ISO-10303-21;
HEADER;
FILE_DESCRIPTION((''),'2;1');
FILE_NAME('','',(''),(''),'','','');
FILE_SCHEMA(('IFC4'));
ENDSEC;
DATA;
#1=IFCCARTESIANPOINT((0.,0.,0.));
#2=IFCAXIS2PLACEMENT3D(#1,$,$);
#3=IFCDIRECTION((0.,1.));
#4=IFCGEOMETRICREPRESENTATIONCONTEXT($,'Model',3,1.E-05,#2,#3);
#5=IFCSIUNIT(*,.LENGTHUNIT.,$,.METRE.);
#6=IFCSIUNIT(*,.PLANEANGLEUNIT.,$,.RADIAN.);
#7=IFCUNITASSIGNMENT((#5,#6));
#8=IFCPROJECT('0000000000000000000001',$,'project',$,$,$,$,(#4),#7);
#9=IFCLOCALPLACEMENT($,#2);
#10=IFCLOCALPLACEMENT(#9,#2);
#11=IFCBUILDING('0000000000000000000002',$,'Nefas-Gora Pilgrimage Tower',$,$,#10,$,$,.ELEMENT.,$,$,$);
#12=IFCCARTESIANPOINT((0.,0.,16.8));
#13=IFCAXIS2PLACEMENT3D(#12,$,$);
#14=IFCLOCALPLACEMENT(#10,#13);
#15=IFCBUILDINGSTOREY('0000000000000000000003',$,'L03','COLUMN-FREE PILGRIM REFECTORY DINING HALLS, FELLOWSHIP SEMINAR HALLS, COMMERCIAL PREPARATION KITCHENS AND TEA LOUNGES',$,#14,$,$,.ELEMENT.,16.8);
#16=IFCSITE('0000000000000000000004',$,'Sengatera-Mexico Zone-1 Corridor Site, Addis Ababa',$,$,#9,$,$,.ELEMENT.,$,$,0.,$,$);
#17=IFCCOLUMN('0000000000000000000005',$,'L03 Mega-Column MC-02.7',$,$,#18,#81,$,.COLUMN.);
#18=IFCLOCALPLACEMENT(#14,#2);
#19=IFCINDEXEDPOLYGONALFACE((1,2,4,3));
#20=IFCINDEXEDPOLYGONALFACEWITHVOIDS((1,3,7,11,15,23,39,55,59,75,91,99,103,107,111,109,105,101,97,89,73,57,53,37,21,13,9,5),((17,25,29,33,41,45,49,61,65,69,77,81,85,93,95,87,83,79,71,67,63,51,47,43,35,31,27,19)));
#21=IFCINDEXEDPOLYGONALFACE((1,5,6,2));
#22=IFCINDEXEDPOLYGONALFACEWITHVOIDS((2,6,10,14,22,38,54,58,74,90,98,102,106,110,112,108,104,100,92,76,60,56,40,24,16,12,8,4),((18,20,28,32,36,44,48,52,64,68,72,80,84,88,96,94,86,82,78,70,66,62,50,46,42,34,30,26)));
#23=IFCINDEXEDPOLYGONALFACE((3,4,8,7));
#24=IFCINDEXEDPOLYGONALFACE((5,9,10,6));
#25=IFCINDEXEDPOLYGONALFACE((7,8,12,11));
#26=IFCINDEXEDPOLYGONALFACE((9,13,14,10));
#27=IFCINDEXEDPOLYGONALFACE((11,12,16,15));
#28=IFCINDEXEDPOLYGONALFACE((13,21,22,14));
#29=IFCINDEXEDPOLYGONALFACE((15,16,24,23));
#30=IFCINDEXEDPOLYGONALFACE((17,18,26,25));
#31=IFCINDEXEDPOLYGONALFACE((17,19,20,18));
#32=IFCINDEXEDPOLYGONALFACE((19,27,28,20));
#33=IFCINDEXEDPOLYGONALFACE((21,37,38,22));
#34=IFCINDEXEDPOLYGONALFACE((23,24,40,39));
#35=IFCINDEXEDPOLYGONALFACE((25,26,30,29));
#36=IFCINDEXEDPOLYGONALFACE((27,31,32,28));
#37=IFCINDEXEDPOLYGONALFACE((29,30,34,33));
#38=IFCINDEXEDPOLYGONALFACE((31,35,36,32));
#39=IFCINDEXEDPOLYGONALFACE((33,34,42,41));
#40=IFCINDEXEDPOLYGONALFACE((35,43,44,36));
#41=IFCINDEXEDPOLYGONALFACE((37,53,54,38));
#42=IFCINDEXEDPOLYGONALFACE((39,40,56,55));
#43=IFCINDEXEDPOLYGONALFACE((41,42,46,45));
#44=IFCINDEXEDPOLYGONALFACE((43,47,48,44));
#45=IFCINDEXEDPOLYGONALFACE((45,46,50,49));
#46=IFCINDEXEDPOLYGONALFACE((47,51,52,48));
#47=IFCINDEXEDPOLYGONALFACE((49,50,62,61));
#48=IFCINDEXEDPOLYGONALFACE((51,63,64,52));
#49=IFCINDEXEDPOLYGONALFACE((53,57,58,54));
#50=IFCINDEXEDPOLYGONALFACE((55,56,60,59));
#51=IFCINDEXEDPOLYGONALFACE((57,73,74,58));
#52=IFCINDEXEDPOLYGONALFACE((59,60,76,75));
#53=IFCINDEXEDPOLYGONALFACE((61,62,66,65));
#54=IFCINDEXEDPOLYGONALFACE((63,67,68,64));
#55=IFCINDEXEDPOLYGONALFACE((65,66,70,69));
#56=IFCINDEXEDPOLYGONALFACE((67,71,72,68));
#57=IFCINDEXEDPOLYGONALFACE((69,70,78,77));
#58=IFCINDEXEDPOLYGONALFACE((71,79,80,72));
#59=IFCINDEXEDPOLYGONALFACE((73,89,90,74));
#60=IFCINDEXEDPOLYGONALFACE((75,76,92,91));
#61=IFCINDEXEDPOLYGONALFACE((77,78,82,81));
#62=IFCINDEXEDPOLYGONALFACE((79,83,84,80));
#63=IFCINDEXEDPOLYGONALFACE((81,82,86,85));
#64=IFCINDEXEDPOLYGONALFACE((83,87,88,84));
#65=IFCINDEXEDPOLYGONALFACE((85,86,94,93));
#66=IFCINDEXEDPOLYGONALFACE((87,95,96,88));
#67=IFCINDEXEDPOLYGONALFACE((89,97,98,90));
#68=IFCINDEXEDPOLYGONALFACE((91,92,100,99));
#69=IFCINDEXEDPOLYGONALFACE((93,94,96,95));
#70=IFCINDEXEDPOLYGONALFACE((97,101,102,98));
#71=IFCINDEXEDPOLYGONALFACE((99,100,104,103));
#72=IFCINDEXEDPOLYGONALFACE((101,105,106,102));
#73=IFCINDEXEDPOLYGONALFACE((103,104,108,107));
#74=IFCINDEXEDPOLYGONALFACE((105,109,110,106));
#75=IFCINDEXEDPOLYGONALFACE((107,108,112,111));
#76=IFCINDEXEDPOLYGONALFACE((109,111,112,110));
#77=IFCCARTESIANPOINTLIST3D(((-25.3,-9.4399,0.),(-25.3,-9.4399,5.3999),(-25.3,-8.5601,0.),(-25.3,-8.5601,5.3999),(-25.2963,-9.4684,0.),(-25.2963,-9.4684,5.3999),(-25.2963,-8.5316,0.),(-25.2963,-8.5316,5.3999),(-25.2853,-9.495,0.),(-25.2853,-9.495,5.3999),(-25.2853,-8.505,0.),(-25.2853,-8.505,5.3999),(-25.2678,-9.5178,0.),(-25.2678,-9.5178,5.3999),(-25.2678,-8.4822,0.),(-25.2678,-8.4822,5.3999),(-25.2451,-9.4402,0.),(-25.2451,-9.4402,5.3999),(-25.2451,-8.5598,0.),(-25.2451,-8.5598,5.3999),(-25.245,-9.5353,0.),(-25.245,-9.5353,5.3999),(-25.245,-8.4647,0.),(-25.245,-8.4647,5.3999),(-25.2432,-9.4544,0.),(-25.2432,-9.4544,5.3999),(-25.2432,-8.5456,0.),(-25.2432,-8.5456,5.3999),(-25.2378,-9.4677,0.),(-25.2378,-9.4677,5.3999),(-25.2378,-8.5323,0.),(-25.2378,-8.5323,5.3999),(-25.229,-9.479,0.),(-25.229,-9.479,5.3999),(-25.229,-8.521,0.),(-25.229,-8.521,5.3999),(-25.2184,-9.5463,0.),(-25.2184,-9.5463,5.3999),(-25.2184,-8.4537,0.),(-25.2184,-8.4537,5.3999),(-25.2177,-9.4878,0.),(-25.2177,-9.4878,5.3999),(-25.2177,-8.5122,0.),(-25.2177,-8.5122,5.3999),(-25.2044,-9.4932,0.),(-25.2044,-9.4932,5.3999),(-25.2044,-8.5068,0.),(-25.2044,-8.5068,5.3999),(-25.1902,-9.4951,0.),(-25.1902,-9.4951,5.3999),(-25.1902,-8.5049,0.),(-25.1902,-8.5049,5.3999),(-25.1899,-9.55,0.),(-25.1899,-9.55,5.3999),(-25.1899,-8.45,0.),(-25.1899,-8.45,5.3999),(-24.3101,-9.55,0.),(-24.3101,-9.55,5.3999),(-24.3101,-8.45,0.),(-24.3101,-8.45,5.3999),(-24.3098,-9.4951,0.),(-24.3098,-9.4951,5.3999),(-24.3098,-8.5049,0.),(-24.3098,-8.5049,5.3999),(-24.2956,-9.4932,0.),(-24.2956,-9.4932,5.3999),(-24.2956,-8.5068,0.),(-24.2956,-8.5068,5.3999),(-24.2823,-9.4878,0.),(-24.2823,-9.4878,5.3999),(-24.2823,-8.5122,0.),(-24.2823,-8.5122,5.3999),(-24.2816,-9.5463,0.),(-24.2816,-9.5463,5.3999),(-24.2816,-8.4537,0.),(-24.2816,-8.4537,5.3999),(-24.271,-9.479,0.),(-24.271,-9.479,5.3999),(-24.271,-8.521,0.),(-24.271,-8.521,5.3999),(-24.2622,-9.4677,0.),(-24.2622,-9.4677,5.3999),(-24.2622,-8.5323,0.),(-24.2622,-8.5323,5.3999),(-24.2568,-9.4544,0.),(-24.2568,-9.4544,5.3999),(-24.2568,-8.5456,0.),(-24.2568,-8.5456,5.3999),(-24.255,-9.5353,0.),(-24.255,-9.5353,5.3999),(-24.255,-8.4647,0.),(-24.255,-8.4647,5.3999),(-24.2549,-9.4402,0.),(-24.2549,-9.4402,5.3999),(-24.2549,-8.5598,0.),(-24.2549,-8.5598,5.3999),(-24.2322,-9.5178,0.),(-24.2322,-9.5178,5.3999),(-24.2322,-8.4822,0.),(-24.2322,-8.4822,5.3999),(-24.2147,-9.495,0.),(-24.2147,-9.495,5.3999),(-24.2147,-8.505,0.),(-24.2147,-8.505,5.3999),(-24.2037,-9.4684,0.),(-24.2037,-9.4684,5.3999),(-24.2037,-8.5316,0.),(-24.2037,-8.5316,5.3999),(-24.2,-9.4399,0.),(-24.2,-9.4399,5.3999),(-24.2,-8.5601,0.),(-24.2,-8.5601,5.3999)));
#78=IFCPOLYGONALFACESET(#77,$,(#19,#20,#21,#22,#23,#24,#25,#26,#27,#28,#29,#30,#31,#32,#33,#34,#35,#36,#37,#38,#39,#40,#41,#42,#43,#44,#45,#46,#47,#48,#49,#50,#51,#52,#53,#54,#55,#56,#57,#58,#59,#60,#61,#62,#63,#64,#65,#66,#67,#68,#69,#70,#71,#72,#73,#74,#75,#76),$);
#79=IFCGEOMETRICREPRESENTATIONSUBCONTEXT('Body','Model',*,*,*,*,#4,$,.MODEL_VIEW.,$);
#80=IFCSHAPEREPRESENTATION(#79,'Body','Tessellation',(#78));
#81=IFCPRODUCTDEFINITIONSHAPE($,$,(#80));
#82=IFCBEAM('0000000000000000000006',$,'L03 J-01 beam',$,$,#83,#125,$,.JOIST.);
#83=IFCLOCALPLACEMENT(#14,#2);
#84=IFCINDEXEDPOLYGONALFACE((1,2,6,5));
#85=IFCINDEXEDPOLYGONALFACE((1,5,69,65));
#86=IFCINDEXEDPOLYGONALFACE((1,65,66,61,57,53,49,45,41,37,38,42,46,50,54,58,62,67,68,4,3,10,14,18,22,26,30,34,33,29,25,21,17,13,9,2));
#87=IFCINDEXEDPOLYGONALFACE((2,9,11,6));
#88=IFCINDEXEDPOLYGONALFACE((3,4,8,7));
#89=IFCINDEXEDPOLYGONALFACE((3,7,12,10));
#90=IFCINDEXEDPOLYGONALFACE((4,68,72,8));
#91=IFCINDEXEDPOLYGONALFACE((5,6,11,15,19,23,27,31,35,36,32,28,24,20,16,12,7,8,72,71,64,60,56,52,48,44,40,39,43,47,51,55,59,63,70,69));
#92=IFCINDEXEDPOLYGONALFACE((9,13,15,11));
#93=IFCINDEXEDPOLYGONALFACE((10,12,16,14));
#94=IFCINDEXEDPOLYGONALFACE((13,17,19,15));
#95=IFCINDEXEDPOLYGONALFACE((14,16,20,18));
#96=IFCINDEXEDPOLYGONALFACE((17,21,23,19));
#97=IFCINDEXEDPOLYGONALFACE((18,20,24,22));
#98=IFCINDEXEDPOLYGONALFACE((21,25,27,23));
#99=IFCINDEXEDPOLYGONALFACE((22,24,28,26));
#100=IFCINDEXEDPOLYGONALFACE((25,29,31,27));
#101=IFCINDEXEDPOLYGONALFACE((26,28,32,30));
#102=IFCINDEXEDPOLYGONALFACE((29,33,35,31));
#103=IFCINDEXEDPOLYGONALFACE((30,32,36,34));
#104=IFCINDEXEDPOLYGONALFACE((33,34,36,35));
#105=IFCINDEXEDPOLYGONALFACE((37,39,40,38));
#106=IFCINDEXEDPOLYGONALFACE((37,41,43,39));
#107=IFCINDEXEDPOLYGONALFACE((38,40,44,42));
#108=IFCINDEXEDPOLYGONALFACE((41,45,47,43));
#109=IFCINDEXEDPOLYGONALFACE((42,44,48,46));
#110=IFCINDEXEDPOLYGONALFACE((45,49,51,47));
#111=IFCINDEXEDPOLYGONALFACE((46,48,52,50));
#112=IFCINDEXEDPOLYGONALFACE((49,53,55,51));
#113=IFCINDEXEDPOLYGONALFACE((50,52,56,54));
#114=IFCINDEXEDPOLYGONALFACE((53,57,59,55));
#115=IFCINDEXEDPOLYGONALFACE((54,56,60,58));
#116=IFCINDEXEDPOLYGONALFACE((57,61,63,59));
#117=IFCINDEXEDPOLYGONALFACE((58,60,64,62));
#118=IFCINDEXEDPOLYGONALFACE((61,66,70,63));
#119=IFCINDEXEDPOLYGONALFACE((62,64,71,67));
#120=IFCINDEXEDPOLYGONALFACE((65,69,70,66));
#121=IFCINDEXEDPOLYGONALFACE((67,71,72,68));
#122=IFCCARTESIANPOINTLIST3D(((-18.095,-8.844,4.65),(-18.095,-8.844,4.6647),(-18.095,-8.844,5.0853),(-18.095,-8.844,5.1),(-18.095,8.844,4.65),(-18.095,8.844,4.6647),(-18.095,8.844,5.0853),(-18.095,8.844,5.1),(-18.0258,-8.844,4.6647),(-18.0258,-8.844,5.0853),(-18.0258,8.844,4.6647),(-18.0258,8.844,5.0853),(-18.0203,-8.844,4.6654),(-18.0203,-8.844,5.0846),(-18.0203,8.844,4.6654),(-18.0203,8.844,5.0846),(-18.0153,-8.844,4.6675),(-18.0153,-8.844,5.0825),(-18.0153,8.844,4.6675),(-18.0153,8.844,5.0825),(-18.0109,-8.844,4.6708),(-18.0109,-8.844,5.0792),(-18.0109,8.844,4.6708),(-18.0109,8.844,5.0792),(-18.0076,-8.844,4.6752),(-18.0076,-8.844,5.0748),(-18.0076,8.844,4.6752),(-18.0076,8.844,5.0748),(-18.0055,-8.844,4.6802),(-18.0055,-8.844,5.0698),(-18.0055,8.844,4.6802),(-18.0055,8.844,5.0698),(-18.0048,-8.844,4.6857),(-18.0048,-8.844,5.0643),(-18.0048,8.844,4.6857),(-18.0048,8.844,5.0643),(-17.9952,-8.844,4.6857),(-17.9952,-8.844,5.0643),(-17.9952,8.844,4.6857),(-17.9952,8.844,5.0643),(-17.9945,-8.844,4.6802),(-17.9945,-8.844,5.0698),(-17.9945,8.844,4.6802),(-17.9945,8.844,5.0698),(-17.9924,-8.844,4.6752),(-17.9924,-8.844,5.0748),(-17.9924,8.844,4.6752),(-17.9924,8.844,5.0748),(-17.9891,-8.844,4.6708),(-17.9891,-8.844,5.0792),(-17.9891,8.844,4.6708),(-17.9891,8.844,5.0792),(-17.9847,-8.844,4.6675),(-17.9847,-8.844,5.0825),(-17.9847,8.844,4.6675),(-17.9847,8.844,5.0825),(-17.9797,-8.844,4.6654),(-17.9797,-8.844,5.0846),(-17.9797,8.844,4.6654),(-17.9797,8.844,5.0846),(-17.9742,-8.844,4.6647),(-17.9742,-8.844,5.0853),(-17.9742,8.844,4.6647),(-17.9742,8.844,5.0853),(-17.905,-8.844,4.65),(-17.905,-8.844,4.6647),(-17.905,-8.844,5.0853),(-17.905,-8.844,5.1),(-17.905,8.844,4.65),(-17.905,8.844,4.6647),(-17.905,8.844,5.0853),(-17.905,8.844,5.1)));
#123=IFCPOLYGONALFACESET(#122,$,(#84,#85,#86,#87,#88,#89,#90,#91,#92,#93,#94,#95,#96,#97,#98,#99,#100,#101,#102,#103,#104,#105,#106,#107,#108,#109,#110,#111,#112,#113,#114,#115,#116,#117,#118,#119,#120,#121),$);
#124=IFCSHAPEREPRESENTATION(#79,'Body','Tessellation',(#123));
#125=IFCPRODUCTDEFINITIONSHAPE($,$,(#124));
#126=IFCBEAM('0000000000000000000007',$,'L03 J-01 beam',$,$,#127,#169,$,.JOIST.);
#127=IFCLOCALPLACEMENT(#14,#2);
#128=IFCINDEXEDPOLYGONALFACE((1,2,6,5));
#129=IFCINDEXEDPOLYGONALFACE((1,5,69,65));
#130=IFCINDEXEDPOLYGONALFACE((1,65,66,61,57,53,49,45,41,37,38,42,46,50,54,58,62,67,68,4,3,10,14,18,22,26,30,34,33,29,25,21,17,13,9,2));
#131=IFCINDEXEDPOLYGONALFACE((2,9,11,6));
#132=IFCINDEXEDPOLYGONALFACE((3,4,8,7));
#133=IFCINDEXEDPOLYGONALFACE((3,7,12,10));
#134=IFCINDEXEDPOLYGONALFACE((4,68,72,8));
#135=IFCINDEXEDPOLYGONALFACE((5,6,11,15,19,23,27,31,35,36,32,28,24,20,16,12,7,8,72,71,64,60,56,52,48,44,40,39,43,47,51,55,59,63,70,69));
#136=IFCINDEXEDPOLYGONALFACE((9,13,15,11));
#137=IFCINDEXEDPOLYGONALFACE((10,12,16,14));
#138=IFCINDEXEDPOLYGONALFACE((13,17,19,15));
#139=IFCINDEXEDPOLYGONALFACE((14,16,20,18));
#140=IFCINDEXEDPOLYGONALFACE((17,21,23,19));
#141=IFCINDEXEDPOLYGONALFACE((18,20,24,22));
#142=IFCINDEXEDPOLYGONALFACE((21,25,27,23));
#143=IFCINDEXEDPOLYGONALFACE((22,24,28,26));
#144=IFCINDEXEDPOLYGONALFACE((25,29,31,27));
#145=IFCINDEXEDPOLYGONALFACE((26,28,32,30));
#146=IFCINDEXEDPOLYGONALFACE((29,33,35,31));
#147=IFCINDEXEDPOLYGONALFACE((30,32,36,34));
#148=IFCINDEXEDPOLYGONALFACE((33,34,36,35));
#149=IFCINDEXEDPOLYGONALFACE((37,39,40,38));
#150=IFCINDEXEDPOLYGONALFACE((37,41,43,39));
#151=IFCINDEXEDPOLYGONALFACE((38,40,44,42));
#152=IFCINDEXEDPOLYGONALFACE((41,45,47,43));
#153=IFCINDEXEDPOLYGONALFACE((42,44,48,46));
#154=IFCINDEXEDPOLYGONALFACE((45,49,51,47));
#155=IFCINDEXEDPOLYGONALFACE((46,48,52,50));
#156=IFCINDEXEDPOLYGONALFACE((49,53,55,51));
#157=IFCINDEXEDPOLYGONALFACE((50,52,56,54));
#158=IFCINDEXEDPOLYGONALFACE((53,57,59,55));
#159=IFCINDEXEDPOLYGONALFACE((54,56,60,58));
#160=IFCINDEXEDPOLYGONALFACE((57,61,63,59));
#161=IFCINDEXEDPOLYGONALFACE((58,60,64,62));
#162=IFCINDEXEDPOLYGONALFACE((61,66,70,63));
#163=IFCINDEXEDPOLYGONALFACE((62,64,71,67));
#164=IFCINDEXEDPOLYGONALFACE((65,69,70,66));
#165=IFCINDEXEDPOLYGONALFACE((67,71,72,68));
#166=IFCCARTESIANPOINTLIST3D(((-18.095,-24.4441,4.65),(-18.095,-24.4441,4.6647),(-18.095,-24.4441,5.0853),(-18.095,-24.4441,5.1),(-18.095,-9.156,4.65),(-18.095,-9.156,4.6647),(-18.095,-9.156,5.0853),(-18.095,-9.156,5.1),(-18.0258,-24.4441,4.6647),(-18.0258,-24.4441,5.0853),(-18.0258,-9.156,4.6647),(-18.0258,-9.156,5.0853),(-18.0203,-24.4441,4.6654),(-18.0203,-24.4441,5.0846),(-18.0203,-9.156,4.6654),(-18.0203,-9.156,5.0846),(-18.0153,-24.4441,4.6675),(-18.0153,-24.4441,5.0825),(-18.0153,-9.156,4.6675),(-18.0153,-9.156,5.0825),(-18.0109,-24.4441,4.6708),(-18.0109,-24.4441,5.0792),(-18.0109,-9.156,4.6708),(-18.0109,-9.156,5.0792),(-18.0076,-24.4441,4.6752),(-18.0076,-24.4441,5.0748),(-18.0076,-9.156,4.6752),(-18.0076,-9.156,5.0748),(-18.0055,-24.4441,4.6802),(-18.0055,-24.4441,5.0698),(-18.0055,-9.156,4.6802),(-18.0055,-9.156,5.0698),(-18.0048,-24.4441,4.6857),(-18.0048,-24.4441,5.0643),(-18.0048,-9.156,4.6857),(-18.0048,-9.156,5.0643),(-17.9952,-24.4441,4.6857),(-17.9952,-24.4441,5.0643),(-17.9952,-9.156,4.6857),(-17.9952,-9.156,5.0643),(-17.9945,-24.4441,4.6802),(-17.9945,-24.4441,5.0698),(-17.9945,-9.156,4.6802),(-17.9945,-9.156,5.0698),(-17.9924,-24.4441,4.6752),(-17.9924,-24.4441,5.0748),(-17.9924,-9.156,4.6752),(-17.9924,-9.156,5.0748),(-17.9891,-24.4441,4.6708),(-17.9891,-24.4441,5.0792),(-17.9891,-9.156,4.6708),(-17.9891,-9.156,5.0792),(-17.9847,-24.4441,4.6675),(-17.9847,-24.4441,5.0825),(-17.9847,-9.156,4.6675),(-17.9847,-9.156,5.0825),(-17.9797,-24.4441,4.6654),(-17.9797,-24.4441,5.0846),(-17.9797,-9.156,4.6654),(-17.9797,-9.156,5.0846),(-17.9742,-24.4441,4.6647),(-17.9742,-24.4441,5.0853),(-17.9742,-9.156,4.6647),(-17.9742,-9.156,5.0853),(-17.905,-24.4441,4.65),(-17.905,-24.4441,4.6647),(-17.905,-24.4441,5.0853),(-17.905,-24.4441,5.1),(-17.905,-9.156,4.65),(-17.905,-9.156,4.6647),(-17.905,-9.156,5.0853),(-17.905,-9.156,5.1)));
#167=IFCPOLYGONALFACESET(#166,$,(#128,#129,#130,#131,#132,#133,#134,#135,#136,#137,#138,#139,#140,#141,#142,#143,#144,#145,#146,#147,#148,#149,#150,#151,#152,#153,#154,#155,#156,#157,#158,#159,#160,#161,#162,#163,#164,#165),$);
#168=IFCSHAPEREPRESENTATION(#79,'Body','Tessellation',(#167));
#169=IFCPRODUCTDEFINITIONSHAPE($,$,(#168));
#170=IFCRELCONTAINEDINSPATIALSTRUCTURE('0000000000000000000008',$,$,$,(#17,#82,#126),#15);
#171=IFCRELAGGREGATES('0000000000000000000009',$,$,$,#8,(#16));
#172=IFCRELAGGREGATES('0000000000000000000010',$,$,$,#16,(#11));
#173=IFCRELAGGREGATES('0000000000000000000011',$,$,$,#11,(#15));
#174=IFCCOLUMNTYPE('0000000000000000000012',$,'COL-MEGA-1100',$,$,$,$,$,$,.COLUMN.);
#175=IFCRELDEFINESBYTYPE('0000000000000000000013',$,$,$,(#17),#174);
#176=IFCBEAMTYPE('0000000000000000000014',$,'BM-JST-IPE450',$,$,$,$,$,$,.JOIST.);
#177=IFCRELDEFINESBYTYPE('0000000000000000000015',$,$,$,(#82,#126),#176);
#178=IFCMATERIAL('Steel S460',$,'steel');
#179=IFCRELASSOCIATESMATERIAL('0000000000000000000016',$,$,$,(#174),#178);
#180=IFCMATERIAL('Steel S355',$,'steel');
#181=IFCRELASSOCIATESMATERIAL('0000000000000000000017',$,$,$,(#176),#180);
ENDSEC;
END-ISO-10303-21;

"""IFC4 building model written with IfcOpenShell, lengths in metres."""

from ifc_helpers import new_model, si_unit, direction, frame, origin, origin_2d, place, context, subcontext, project, spatial, hollow_rectangle, i_section, extrude, source, transform, mapped, material, material_profile, profile_set, type_object, element, save


model = new_model("IFC4")

# Units and contexts
model_context = context("Model", 3, precision=1e-05, world=origin(), true_north=direction((0.0, 1.0)))
body_context = subcontext(model_context, "Body", "Model", "MODEL_VIEW")
ifc_project = project(units=[si_unit("LENGTHUNIT", "METRE"), si_unit("PLANEANGLEUNIT", "RADIAN")], contexts=[model_context])

# Site, building, storey
site_placement = place(None, origin())
site = spatial("IfcSite", under=ifc_project, at=site_placement, Name="Sengatera-Mexico Zone-1 Corridor Site, Addis Ababa", CompositionType="ELEMENT", RefElevation=0.0)
building_placement = place(site_placement, origin())
building = spatial("IfcBuilding", under=site, at=building_placement, Name="Nefas-Gora Pilgrimage Tower", CompositionType="ELEMENT")
storey_placement = place(building_placement, frame((0.0, 0.0, 16.8)))
storey = spatial("IfcBuildingStorey", under=building, at=storey_placement, Name="L03", Description="COLUMN-FREE PILGRIM REFECTORY DINING HALLS, FELLOWSHIP SEMINAR HALLS, COMMERCIAL PREPARATION KITCHENS AND TEA LOUNGES", CompositionType="ELEMENT", Elevation=16.8)

# Column
ifc_material_1 = material(Name="Steel S460", Category="steel")
ifc_material_profile_1 = material_profile(ifc_material_1, hollow_rectangle(XDim=1.1001, YDim=1.1001, WallThickness=0.0549, InnerFilletRadius=0.0549, OuterFilletRadius=0.1101, at=origin_2d()), Name="BOX 1100x1100x55")
ifc_profile_set_1 = profile_set([ifc_material_profile_1], Name="Steel S460")
column_type_1 = type_object("IfcColumnType", Name="COL-MEGA-1100", PredefinedType="COLUMN", material=ifc_profile_set_1)
shared_shape_1 = source(origin(), body_context, "Body", "SweptSolid", [
    extrude(hollow_rectangle(XDim=1.1001, YDim=1.1001, WallThickness=0.0549, InnerFilletRadius=0.0549, OuterFilletRadius=0.1101, at=origin_2d()), origin(), (0.0, 0.0, 1.0), 5.3999),
])
column_placement = place(storey_placement, frame((-24.75, -9.0, 0.0), z_axis=(0.0, 0.0, 1.0), x_axis=(1.0, 0.0, 0.0)))
element("IfcColumn", 1, at=column_placement, inside=storey, type_object=column_type_1, Name="L03 Mega-Column MC-02.7", PredefinedType="COLUMN", context=body_context, shape_type="MappedRepresentation", body=[
    mapped(shared_shape_1, transform((0.0, 0.0, 0.0), x_axis=(1.0, 0.0, 0.0), y_axis=(0.0, 1.0, 0.0), z_axis=(0.0, 0.0, 1.0), scale=1.0)),
])

# Beams
ifc_material_2 = material(Name="Steel S355", Category="steel")
ifc_material_profile_2 = material_profile(ifc_material_2, i_section(OverallWidth=0.1899, OverallDepth=0.45, WebThickness=0.0095, FlangeThickness=0.0146, FilletRadius=0.021, at=origin_2d()), Name="IPE 450")
ifc_profile_set_2 = profile_set([ifc_material_profile_2], Name="Steel S355")
beam_type_1 = type_object("IfcBeamType", Name="BM-JST-IPE450", PredefinedType="JOIST", material=ifc_profile_set_2)
shared_shape_2 = source(origin(), body_context, "Body", "SweptSolid", [
    extrude(i_section(OverallWidth=0.1899, OverallDepth=0.45, WebThickness=0.0095, FlangeThickness=0.0146, FilletRadius=0.021, at=origin_2d()), origin(), (0.0, 0.0, 1.0), 17.688),
])
beam_1_placement = place(storey_placement, frame((-18.0, -8.844, 4.875), z_axis=(0.0, 1.0, 0.0), x_axis=(-1.0, 0.0, 0.0)))
element("IfcBeam", 2, at=beam_1_placement, inside=storey, type_object=beam_type_1, Name="L03 J-01 beam", PredefinedType="JOIST", context=body_context, shape_type="MappedRepresentation", body=[
    mapped(shared_shape_2, transform((0.0, 0.0, 0.0), x_axis=(1.0, 0.0, 0.0), y_axis=(0.0, 1.0, 0.0), z_axis=(0.0, 0.0, 1.0), scale=1.0)),
])
shared_shape_3 = source(origin(), body_context, "Body", "SweptSolid", [
    extrude(i_section(OverallWidth=0.1899, OverallDepth=0.45, WebThickness=0.0095, FlangeThickness=0.0146, FilletRadius=0.021, at=origin_2d()), origin(), (0.0, 0.0, 1.0), 15.2881),
])
beam_2_placement = place(storey_placement, frame((-18.0, -24.4441, 4.875), z_axis=(0.0, 1.0, 0.0), x_axis=(-1.0, 0.0, 0.0)))
element("IfcBeam", 3, at=beam_2_placement, inside=storey, type_object=beam_type_1, Name="L03 J-01 beam", PredefinedType="JOIST", context=body_context, shape_type="MappedRepresentation", body=[
    mapped(shared_shape_3, transform((0.0, 0.0, 0.0), x_axis=(1.0, 0.0, 0.0), y_axis=(0.0, 1.0, 0.0), z_axis=(0.0, 0.0, 1.0), scale=1.0)),
])

save(model, "model.ifc")
